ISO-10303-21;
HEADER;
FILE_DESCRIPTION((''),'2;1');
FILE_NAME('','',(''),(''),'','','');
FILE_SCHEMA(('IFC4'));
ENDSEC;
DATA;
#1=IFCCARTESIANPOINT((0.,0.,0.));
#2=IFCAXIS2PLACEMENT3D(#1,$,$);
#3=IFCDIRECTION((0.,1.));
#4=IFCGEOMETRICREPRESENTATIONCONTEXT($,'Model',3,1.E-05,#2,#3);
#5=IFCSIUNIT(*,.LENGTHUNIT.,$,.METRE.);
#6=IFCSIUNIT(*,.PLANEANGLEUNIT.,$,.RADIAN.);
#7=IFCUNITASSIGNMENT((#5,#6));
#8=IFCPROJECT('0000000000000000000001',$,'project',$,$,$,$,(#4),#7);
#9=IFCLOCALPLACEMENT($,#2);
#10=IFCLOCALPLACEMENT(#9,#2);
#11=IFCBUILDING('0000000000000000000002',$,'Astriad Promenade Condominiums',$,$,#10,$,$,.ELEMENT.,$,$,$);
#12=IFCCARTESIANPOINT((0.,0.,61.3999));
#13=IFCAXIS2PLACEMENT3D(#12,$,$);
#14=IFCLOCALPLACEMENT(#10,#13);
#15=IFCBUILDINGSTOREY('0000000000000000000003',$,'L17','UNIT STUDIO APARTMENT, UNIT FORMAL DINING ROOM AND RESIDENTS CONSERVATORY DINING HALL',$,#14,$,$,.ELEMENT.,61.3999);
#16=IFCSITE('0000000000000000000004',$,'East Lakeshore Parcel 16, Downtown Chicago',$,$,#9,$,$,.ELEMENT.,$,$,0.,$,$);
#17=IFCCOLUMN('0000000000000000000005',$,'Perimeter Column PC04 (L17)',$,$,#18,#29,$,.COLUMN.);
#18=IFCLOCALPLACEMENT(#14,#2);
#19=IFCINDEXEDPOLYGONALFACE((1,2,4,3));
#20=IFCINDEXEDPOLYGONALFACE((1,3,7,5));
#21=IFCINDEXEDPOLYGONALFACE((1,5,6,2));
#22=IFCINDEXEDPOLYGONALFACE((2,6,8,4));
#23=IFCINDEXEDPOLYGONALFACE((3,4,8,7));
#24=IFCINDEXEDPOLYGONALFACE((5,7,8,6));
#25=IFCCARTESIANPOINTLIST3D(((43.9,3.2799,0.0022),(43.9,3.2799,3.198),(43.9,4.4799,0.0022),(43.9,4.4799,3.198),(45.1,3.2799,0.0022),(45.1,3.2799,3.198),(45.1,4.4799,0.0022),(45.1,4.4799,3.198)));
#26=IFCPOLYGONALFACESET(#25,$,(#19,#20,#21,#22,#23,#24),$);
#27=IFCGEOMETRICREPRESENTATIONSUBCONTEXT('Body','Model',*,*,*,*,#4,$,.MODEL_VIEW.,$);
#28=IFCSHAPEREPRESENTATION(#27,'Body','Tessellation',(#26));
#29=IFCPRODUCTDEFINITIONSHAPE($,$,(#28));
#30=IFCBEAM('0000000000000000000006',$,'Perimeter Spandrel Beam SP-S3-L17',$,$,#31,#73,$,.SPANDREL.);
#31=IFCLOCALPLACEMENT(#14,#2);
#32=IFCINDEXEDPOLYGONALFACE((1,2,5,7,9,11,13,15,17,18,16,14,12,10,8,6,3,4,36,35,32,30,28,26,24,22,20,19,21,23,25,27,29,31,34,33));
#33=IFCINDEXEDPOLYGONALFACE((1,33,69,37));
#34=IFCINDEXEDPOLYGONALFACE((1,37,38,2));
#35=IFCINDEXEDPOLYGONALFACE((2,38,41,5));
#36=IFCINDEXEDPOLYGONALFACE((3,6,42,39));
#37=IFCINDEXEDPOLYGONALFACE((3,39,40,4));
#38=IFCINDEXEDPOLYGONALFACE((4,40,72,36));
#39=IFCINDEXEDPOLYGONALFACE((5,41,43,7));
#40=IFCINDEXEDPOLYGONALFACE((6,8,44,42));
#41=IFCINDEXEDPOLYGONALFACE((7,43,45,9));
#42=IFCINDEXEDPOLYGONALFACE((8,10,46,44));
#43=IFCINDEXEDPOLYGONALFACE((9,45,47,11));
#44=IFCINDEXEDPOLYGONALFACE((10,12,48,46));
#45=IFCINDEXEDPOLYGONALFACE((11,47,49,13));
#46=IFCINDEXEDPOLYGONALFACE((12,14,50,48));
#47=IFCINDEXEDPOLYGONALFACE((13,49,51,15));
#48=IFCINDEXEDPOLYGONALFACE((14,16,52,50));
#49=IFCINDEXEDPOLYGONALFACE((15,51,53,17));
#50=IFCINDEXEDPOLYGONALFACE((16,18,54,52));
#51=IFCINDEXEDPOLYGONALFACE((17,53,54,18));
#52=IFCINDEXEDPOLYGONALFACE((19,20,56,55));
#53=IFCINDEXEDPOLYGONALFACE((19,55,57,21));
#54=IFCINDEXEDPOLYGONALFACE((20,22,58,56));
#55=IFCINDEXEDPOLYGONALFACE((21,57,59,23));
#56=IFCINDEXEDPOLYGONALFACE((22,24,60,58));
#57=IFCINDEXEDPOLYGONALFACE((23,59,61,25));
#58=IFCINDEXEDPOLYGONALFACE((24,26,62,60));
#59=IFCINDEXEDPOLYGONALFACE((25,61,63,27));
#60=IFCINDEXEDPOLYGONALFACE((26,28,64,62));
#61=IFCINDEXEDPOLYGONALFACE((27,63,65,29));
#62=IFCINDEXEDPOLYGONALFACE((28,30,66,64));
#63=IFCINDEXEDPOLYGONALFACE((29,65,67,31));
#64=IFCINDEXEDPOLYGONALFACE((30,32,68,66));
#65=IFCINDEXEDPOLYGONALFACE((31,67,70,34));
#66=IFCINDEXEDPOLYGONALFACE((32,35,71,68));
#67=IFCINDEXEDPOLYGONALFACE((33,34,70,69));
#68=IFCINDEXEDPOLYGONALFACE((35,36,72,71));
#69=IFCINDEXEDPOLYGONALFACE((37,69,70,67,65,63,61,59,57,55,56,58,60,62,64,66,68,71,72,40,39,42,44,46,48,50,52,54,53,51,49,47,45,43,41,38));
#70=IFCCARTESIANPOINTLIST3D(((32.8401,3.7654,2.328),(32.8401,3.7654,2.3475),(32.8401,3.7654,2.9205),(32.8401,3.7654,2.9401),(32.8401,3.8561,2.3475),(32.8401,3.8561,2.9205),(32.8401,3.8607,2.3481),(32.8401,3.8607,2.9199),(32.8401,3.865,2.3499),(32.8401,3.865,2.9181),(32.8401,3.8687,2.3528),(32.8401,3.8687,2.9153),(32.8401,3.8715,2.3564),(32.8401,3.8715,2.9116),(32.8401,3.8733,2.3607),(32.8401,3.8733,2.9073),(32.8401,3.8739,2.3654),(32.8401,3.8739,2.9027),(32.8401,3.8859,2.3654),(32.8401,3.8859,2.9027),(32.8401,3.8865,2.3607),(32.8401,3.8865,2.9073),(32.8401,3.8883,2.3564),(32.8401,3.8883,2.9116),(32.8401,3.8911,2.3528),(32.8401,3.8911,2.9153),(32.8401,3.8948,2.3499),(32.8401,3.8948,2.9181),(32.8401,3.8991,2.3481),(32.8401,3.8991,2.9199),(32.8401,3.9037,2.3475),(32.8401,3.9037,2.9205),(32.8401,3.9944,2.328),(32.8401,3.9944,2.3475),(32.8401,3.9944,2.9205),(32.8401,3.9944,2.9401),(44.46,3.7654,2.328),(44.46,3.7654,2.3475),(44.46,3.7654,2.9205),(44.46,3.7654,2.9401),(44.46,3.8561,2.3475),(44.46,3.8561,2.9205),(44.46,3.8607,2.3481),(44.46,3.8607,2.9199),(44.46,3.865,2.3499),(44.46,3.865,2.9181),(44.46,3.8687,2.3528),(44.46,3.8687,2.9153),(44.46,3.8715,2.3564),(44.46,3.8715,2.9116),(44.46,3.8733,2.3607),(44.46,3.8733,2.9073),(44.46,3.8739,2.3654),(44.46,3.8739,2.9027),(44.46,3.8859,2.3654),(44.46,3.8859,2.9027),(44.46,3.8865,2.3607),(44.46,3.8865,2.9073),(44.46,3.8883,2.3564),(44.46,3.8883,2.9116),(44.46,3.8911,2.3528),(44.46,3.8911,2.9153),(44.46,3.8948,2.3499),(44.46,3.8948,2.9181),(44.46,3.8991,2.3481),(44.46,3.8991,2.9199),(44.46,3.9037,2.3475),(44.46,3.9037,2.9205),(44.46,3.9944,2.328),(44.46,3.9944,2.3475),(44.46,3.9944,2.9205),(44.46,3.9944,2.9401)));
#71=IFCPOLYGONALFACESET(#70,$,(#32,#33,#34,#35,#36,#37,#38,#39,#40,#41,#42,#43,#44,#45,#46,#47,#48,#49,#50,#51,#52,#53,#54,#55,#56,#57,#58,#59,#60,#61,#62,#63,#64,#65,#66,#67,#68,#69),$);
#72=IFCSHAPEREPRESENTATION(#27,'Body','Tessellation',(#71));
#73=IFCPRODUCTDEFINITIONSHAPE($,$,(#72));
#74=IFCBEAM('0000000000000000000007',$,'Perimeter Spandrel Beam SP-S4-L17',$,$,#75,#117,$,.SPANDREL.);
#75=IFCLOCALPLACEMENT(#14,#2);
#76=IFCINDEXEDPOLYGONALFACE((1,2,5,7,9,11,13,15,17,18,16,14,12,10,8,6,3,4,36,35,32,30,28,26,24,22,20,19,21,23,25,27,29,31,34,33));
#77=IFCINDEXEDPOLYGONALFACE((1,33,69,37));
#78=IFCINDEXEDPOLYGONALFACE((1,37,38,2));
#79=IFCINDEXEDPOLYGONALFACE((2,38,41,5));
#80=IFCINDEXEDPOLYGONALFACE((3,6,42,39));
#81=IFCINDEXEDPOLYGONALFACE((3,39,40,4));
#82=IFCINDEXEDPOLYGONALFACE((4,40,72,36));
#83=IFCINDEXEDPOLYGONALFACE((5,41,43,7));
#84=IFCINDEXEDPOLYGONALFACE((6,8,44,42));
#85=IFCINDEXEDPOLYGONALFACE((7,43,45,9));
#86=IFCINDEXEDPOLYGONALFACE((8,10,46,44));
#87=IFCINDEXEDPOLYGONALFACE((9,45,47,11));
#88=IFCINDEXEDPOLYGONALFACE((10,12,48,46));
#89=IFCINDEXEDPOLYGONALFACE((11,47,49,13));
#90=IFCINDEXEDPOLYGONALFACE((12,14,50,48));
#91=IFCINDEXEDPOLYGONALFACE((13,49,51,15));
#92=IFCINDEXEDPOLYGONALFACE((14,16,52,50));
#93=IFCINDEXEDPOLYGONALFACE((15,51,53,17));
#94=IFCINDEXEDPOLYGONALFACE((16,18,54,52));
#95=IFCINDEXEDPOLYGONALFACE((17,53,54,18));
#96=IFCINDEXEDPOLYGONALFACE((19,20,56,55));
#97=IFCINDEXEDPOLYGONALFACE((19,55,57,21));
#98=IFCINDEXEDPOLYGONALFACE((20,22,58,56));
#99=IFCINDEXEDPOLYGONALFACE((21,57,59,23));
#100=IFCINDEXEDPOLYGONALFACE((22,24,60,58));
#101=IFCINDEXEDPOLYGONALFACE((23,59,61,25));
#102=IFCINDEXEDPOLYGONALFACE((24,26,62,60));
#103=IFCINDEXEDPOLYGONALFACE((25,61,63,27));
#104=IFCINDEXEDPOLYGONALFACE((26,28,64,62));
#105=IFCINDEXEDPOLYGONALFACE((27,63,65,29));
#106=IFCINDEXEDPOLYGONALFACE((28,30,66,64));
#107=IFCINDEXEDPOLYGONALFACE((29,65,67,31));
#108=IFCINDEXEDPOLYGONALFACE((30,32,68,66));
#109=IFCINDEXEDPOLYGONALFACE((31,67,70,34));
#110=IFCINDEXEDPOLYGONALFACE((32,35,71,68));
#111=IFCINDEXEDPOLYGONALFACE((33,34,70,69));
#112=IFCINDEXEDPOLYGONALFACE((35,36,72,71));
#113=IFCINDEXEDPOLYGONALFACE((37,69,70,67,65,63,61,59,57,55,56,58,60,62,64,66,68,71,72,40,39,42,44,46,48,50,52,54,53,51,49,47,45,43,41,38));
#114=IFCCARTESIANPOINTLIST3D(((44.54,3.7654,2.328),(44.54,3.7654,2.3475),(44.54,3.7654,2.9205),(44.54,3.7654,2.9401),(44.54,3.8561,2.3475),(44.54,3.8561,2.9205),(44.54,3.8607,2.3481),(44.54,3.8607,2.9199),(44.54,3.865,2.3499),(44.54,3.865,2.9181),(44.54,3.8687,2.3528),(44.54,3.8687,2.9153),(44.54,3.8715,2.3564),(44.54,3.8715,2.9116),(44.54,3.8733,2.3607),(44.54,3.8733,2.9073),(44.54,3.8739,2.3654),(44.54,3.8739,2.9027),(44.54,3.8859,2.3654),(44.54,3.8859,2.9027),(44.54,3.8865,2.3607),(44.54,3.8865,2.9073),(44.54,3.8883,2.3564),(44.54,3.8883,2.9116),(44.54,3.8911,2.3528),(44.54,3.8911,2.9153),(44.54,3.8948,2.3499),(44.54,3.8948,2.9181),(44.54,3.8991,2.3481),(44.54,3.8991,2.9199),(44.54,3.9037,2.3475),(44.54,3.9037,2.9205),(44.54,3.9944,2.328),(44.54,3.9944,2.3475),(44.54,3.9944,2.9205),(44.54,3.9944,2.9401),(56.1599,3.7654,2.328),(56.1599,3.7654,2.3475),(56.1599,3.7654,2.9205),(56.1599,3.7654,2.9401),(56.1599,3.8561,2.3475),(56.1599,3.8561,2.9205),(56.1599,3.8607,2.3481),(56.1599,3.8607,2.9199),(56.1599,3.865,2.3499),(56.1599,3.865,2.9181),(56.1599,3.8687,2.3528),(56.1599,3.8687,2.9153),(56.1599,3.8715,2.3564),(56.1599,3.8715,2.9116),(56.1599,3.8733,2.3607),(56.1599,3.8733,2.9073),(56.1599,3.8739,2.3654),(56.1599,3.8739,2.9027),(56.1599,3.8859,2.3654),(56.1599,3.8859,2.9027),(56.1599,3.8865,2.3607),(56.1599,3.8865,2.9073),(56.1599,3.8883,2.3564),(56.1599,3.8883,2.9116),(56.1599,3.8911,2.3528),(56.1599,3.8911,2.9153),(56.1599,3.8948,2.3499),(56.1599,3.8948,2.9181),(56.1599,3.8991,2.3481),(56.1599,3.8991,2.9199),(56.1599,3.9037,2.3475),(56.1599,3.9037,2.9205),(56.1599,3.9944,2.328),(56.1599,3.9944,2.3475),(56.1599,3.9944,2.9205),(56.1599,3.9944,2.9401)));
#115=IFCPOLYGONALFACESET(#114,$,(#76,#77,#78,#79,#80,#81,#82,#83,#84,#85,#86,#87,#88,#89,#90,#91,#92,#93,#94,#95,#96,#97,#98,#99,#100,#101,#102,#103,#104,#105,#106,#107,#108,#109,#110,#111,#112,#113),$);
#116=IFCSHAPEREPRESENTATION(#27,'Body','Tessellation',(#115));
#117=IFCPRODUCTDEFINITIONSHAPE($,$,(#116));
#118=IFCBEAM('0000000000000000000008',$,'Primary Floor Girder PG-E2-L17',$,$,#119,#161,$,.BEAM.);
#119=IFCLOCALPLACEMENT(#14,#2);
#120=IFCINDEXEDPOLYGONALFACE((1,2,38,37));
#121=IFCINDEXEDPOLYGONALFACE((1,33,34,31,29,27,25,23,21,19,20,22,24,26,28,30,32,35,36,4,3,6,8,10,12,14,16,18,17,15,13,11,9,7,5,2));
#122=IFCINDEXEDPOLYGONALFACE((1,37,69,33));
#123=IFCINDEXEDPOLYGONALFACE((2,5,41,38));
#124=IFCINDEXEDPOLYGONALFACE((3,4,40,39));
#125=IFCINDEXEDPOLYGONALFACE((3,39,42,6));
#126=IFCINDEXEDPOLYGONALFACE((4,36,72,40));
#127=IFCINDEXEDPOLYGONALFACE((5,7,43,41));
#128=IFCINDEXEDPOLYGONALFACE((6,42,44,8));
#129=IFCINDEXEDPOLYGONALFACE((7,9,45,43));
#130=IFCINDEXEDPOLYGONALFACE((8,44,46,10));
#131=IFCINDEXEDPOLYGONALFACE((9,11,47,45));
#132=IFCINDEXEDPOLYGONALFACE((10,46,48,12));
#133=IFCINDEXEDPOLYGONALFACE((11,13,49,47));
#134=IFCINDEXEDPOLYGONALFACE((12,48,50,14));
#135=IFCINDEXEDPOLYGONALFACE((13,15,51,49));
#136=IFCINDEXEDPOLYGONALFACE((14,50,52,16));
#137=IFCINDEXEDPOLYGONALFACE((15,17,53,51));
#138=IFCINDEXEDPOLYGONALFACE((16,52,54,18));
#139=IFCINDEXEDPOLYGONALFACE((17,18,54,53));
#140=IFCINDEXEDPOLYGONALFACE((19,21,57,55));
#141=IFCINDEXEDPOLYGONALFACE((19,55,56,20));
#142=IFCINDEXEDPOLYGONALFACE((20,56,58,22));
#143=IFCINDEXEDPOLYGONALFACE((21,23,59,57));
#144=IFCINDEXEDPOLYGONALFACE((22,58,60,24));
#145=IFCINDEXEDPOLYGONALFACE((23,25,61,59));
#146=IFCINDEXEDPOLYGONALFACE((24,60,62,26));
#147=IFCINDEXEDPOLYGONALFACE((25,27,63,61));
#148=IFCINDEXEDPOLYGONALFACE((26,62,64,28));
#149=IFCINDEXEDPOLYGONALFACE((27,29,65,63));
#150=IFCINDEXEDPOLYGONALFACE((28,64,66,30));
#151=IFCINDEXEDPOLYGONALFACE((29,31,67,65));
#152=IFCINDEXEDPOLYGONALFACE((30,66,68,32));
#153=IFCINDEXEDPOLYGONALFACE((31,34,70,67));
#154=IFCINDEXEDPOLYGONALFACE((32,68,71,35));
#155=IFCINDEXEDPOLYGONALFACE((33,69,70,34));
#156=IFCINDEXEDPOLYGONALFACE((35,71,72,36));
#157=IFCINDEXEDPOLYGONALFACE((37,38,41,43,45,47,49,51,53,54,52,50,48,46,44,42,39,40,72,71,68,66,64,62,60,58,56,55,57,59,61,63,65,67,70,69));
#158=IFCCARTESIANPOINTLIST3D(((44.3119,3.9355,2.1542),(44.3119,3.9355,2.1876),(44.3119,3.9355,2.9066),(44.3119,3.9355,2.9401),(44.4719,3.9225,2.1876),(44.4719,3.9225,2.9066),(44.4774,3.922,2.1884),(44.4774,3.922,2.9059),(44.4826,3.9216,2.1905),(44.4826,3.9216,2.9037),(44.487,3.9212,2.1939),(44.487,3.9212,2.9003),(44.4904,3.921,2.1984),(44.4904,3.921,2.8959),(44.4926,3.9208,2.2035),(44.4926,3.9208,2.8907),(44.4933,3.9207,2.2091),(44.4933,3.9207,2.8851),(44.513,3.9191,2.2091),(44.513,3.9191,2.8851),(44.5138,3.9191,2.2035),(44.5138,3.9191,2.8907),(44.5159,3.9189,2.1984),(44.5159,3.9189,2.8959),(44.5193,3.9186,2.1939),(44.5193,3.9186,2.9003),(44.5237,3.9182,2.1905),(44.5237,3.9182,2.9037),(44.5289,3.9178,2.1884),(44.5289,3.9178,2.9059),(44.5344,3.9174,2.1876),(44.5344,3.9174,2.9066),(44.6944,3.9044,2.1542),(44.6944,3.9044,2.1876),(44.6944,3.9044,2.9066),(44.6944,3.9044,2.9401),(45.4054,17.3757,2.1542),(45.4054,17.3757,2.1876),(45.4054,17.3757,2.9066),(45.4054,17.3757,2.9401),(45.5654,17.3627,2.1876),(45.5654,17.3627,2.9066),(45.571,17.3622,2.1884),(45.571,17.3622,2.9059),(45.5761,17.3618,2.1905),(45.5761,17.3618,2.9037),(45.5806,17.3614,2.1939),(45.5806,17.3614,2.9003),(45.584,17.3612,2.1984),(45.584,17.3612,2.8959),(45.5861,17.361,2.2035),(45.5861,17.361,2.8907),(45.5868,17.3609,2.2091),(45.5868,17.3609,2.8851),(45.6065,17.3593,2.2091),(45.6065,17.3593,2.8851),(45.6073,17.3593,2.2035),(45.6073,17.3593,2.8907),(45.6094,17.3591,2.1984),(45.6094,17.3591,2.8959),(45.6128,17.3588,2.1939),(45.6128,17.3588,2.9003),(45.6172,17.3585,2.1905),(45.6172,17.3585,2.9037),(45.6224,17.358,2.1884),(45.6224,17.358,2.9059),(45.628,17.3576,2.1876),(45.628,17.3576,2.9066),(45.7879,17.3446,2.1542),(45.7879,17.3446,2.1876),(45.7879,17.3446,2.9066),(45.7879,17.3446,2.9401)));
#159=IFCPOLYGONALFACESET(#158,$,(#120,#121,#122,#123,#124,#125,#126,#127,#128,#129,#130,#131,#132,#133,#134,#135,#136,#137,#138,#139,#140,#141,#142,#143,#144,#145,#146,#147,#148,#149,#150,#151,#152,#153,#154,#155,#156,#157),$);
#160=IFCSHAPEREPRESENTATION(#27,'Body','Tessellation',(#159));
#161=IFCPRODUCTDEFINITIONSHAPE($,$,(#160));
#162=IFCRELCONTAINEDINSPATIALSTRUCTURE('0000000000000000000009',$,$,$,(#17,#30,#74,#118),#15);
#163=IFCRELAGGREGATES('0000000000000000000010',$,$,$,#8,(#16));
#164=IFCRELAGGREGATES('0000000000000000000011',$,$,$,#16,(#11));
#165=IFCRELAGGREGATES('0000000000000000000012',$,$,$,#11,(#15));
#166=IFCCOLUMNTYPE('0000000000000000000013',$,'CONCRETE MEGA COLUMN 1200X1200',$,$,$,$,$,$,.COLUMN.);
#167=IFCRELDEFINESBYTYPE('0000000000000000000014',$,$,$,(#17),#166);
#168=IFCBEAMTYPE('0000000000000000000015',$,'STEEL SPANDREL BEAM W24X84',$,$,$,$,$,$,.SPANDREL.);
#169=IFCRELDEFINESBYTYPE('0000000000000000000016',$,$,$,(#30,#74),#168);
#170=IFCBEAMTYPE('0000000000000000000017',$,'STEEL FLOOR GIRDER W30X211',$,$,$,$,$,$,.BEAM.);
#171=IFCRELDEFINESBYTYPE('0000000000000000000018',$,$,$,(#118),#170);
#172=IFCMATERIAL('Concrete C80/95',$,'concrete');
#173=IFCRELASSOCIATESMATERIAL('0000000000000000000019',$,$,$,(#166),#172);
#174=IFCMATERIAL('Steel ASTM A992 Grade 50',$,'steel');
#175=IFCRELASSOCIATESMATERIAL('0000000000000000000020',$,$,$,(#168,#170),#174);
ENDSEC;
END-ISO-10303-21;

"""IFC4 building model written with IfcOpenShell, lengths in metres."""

from ifc_helpers import new_model, si_unit, direction, frame, origin, origin_2d, place, context, subcontext, project, spatial, rectangle, i_section, extrude, source, transform, mapped, material, material_profile, profile_set, type_object, type_shapes, element, save


model = new_model("IFC4")

# Units and contexts
model_context = context("Model", 3, precision=1e-05, world=origin(), true_north=direction((0.0, 1.0)))
body_context = subcontext(model_context, "Body", "Model", "MODEL_VIEW")
ifc_project = project(units=[si_unit("LENGTHUNIT", "METRE"), si_unit("PLANEANGLEUNIT", "RADIAN")], contexts=[model_context])

# Site, building, storey
site_placement = place(None, origin())
site = spatial("IfcSite", under=ifc_project, at=site_placement, Name="East Lakeshore Parcel 16, Downtown Chicago", CompositionType="ELEMENT", RefElevation=0.0)
building_placement = place(site_placement, origin())
building = spatial("IfcBuilding", under=site, at=building_placement, Name="Astriad Promenade Condominiums", CompositionType="ELEMENT")
storey_placement = place(building_placement, frame((0.0, 0.0, 61.3999)))
storey = spatial("IfcBuildingStorey", under=building, at=storey_placement, Name="L17", Description="UNIT STUDIO APARTMENT, UNIT FORMAL DINING ROOM AND RESIDENTS CONSERVATORY DINING HALL", CompositionType="ELEMENT", Elevation=61.3999)

# Column
ifc_material_1 = material(Name="Concrete C80/95", Category="concrete")
ifc_material_profile_1 = material_profile(ifc_material_1, rectangle(XDim=1.2, YDim=1.2, at=origin_2d()), Name="RC-COL-1200X1200")
ifc_profile_set_1 = profile_set([ifc_material_profile_1], Name="Concrete C80/95")
column_type = type_object("IfcColumnType", Name="CONCRETE MEGA COLUMN 1200X1200", PredefinedType="COLUMN", material=ifc_profile_set_1)
shared_shape_1 = source(origin(), body_context, "Body", "SweptSolid", [
    extrude(rectangle(XDim=1.2, YDim=1.2, at=origin_2d()), origin(), (0.0, 0.0, 1.0), 3.1958),
])
type_shapes(column_type, [shared_shape_1])
column_placement = place(storey_placement, frame((44.5, 3.8799, 0.0022), z_axis=(0.0, 0.0, 1.0), x_axis=(1.0, 0.0, 0.0)))
element("IfcColumn", 1, at=column_placement, inside=storey, type_object=column_type, Name="Perimeter Column PC04 (L17)", PredefinedType="COLUMN", context=body_context, shape_type="MappedRepresentation", body=[
    mapped(shared_shape_1, transform((0.0, 0.0, 0.0), scale=1.0)),
])

# Beams
ifc_material_2 = material(Name="Steel ASTM A992 Grade 50", Category="steel")
ifc_material_profile_2 = material_profile(ifc_material_2, i_section(OverallWidth=0.229, OverallDepth=0.6121, WebThickness=0.012, FlangeThickness=0.0195, FilletRadius=0.0178, at=origin_2d()), Name="W24X84")
ifc_profile_set_2 = profile_set([ifc_material_profile_2], Name="Steel ASTM A992 Grade 50")
beam_type_1 = type_object("IfcBeamType", Name="STEEL SPANDREL BEAM W24X84", PredefinedType="SPANDREL", material=ifc_profile_set_2)
shared_shape_2 = source(origin(), body_context, "Body", "SweptSolid", [
    extrude(i_section(OverallWidth=0.229, OverallDepth=0.6121, WebThickness=0.012, FlangeThickness=0.0195, FilletRadius=0.0178, at=origin_2d()), origin(), (0.0, 0.0, 1.0), 11.6199),
])
type_shapes(beam_type_1, [shared_shape_2])
for number, where, z_axis, x_axis, name in (
    (2, (32.8401, 3.8799, 2.634), (1.0, 0.0, 0.0), (0.0, 1.0, 0.0), "Perimeter Spandrel Beam SP-S3-L17"),
    (3, (44.54, 3.8799, 2.634), (1.0, 0.0, 0.0), (0.0, 1.0, 0.0), "Perimeter Spandrel Beam SP-S4-L17"),
):
    element("IfcBeam", number, at=place(storey_placement, frame(where, z_axis=z_axis, x_axis=x_axis)), inside=storey, type_object=beam_type_1, Name=name, PredefinedType="SPANDREL", context=body_context, shape_type="MappedRepresentation", body=[
        mapped(shared_shape_2, transform((0.0, 0.0, 0.0), scale=1.0)),
    ])
ifc_material_profile_3 = material_profile(ifc_material_2, i_section(OverallWidth=0.3838, OverallDepth=0.7859, WebThickness=0.0198, FlangeThickness=0.0334, FilletRadius=0.0215, at=origin_2d()), Name="W30X211")
ifc_profile_set_3 = profile_set([ifc_material_profile_3], Name="Steel ASTM A992 Grade 50")
beam_type_2 = type_object("IfcBeamType", Name="STEEL FLOOR GIRDER W30X211", PredefinedType="BEAM", material=ifc_profile_set_3)
shared_shape_3 = source(origin(), body_context, "Body", "SweptSolid", [
    extrude(i_section(OverallWidth=0.3838, OverallDepth=0.7859, WebThickness=0.0198, FlangeThickness=0.0334, FilletRadius=0.0215, at=origin_2d()), origin(), (0.0, 0.0, 1.0), 13.4846),
])
type_shapes(beam_type_2, [shared_shape_3])
beam_1_placement = place(storey_placement, frame((44.5032, 3.9199, 2.5471), z_axis=(0.081093, 0.996707, 0.0), x_axis=(-0.996707, 0.081093, 0.0)))
element("IfcBeam", 4, at=beam_1_placement, inside=storey, type_object=beam_type_2, Name="Primary Floor Girder PG-E2-L17", PredefinedType="BEAM", context=body_context, shape_type="MappedRepresentation", body=[
    mapped(shared_shape_3, transform((0.0, 0.0, 0.0), scale=1.0)),
])

save(model, "model.ifc")
